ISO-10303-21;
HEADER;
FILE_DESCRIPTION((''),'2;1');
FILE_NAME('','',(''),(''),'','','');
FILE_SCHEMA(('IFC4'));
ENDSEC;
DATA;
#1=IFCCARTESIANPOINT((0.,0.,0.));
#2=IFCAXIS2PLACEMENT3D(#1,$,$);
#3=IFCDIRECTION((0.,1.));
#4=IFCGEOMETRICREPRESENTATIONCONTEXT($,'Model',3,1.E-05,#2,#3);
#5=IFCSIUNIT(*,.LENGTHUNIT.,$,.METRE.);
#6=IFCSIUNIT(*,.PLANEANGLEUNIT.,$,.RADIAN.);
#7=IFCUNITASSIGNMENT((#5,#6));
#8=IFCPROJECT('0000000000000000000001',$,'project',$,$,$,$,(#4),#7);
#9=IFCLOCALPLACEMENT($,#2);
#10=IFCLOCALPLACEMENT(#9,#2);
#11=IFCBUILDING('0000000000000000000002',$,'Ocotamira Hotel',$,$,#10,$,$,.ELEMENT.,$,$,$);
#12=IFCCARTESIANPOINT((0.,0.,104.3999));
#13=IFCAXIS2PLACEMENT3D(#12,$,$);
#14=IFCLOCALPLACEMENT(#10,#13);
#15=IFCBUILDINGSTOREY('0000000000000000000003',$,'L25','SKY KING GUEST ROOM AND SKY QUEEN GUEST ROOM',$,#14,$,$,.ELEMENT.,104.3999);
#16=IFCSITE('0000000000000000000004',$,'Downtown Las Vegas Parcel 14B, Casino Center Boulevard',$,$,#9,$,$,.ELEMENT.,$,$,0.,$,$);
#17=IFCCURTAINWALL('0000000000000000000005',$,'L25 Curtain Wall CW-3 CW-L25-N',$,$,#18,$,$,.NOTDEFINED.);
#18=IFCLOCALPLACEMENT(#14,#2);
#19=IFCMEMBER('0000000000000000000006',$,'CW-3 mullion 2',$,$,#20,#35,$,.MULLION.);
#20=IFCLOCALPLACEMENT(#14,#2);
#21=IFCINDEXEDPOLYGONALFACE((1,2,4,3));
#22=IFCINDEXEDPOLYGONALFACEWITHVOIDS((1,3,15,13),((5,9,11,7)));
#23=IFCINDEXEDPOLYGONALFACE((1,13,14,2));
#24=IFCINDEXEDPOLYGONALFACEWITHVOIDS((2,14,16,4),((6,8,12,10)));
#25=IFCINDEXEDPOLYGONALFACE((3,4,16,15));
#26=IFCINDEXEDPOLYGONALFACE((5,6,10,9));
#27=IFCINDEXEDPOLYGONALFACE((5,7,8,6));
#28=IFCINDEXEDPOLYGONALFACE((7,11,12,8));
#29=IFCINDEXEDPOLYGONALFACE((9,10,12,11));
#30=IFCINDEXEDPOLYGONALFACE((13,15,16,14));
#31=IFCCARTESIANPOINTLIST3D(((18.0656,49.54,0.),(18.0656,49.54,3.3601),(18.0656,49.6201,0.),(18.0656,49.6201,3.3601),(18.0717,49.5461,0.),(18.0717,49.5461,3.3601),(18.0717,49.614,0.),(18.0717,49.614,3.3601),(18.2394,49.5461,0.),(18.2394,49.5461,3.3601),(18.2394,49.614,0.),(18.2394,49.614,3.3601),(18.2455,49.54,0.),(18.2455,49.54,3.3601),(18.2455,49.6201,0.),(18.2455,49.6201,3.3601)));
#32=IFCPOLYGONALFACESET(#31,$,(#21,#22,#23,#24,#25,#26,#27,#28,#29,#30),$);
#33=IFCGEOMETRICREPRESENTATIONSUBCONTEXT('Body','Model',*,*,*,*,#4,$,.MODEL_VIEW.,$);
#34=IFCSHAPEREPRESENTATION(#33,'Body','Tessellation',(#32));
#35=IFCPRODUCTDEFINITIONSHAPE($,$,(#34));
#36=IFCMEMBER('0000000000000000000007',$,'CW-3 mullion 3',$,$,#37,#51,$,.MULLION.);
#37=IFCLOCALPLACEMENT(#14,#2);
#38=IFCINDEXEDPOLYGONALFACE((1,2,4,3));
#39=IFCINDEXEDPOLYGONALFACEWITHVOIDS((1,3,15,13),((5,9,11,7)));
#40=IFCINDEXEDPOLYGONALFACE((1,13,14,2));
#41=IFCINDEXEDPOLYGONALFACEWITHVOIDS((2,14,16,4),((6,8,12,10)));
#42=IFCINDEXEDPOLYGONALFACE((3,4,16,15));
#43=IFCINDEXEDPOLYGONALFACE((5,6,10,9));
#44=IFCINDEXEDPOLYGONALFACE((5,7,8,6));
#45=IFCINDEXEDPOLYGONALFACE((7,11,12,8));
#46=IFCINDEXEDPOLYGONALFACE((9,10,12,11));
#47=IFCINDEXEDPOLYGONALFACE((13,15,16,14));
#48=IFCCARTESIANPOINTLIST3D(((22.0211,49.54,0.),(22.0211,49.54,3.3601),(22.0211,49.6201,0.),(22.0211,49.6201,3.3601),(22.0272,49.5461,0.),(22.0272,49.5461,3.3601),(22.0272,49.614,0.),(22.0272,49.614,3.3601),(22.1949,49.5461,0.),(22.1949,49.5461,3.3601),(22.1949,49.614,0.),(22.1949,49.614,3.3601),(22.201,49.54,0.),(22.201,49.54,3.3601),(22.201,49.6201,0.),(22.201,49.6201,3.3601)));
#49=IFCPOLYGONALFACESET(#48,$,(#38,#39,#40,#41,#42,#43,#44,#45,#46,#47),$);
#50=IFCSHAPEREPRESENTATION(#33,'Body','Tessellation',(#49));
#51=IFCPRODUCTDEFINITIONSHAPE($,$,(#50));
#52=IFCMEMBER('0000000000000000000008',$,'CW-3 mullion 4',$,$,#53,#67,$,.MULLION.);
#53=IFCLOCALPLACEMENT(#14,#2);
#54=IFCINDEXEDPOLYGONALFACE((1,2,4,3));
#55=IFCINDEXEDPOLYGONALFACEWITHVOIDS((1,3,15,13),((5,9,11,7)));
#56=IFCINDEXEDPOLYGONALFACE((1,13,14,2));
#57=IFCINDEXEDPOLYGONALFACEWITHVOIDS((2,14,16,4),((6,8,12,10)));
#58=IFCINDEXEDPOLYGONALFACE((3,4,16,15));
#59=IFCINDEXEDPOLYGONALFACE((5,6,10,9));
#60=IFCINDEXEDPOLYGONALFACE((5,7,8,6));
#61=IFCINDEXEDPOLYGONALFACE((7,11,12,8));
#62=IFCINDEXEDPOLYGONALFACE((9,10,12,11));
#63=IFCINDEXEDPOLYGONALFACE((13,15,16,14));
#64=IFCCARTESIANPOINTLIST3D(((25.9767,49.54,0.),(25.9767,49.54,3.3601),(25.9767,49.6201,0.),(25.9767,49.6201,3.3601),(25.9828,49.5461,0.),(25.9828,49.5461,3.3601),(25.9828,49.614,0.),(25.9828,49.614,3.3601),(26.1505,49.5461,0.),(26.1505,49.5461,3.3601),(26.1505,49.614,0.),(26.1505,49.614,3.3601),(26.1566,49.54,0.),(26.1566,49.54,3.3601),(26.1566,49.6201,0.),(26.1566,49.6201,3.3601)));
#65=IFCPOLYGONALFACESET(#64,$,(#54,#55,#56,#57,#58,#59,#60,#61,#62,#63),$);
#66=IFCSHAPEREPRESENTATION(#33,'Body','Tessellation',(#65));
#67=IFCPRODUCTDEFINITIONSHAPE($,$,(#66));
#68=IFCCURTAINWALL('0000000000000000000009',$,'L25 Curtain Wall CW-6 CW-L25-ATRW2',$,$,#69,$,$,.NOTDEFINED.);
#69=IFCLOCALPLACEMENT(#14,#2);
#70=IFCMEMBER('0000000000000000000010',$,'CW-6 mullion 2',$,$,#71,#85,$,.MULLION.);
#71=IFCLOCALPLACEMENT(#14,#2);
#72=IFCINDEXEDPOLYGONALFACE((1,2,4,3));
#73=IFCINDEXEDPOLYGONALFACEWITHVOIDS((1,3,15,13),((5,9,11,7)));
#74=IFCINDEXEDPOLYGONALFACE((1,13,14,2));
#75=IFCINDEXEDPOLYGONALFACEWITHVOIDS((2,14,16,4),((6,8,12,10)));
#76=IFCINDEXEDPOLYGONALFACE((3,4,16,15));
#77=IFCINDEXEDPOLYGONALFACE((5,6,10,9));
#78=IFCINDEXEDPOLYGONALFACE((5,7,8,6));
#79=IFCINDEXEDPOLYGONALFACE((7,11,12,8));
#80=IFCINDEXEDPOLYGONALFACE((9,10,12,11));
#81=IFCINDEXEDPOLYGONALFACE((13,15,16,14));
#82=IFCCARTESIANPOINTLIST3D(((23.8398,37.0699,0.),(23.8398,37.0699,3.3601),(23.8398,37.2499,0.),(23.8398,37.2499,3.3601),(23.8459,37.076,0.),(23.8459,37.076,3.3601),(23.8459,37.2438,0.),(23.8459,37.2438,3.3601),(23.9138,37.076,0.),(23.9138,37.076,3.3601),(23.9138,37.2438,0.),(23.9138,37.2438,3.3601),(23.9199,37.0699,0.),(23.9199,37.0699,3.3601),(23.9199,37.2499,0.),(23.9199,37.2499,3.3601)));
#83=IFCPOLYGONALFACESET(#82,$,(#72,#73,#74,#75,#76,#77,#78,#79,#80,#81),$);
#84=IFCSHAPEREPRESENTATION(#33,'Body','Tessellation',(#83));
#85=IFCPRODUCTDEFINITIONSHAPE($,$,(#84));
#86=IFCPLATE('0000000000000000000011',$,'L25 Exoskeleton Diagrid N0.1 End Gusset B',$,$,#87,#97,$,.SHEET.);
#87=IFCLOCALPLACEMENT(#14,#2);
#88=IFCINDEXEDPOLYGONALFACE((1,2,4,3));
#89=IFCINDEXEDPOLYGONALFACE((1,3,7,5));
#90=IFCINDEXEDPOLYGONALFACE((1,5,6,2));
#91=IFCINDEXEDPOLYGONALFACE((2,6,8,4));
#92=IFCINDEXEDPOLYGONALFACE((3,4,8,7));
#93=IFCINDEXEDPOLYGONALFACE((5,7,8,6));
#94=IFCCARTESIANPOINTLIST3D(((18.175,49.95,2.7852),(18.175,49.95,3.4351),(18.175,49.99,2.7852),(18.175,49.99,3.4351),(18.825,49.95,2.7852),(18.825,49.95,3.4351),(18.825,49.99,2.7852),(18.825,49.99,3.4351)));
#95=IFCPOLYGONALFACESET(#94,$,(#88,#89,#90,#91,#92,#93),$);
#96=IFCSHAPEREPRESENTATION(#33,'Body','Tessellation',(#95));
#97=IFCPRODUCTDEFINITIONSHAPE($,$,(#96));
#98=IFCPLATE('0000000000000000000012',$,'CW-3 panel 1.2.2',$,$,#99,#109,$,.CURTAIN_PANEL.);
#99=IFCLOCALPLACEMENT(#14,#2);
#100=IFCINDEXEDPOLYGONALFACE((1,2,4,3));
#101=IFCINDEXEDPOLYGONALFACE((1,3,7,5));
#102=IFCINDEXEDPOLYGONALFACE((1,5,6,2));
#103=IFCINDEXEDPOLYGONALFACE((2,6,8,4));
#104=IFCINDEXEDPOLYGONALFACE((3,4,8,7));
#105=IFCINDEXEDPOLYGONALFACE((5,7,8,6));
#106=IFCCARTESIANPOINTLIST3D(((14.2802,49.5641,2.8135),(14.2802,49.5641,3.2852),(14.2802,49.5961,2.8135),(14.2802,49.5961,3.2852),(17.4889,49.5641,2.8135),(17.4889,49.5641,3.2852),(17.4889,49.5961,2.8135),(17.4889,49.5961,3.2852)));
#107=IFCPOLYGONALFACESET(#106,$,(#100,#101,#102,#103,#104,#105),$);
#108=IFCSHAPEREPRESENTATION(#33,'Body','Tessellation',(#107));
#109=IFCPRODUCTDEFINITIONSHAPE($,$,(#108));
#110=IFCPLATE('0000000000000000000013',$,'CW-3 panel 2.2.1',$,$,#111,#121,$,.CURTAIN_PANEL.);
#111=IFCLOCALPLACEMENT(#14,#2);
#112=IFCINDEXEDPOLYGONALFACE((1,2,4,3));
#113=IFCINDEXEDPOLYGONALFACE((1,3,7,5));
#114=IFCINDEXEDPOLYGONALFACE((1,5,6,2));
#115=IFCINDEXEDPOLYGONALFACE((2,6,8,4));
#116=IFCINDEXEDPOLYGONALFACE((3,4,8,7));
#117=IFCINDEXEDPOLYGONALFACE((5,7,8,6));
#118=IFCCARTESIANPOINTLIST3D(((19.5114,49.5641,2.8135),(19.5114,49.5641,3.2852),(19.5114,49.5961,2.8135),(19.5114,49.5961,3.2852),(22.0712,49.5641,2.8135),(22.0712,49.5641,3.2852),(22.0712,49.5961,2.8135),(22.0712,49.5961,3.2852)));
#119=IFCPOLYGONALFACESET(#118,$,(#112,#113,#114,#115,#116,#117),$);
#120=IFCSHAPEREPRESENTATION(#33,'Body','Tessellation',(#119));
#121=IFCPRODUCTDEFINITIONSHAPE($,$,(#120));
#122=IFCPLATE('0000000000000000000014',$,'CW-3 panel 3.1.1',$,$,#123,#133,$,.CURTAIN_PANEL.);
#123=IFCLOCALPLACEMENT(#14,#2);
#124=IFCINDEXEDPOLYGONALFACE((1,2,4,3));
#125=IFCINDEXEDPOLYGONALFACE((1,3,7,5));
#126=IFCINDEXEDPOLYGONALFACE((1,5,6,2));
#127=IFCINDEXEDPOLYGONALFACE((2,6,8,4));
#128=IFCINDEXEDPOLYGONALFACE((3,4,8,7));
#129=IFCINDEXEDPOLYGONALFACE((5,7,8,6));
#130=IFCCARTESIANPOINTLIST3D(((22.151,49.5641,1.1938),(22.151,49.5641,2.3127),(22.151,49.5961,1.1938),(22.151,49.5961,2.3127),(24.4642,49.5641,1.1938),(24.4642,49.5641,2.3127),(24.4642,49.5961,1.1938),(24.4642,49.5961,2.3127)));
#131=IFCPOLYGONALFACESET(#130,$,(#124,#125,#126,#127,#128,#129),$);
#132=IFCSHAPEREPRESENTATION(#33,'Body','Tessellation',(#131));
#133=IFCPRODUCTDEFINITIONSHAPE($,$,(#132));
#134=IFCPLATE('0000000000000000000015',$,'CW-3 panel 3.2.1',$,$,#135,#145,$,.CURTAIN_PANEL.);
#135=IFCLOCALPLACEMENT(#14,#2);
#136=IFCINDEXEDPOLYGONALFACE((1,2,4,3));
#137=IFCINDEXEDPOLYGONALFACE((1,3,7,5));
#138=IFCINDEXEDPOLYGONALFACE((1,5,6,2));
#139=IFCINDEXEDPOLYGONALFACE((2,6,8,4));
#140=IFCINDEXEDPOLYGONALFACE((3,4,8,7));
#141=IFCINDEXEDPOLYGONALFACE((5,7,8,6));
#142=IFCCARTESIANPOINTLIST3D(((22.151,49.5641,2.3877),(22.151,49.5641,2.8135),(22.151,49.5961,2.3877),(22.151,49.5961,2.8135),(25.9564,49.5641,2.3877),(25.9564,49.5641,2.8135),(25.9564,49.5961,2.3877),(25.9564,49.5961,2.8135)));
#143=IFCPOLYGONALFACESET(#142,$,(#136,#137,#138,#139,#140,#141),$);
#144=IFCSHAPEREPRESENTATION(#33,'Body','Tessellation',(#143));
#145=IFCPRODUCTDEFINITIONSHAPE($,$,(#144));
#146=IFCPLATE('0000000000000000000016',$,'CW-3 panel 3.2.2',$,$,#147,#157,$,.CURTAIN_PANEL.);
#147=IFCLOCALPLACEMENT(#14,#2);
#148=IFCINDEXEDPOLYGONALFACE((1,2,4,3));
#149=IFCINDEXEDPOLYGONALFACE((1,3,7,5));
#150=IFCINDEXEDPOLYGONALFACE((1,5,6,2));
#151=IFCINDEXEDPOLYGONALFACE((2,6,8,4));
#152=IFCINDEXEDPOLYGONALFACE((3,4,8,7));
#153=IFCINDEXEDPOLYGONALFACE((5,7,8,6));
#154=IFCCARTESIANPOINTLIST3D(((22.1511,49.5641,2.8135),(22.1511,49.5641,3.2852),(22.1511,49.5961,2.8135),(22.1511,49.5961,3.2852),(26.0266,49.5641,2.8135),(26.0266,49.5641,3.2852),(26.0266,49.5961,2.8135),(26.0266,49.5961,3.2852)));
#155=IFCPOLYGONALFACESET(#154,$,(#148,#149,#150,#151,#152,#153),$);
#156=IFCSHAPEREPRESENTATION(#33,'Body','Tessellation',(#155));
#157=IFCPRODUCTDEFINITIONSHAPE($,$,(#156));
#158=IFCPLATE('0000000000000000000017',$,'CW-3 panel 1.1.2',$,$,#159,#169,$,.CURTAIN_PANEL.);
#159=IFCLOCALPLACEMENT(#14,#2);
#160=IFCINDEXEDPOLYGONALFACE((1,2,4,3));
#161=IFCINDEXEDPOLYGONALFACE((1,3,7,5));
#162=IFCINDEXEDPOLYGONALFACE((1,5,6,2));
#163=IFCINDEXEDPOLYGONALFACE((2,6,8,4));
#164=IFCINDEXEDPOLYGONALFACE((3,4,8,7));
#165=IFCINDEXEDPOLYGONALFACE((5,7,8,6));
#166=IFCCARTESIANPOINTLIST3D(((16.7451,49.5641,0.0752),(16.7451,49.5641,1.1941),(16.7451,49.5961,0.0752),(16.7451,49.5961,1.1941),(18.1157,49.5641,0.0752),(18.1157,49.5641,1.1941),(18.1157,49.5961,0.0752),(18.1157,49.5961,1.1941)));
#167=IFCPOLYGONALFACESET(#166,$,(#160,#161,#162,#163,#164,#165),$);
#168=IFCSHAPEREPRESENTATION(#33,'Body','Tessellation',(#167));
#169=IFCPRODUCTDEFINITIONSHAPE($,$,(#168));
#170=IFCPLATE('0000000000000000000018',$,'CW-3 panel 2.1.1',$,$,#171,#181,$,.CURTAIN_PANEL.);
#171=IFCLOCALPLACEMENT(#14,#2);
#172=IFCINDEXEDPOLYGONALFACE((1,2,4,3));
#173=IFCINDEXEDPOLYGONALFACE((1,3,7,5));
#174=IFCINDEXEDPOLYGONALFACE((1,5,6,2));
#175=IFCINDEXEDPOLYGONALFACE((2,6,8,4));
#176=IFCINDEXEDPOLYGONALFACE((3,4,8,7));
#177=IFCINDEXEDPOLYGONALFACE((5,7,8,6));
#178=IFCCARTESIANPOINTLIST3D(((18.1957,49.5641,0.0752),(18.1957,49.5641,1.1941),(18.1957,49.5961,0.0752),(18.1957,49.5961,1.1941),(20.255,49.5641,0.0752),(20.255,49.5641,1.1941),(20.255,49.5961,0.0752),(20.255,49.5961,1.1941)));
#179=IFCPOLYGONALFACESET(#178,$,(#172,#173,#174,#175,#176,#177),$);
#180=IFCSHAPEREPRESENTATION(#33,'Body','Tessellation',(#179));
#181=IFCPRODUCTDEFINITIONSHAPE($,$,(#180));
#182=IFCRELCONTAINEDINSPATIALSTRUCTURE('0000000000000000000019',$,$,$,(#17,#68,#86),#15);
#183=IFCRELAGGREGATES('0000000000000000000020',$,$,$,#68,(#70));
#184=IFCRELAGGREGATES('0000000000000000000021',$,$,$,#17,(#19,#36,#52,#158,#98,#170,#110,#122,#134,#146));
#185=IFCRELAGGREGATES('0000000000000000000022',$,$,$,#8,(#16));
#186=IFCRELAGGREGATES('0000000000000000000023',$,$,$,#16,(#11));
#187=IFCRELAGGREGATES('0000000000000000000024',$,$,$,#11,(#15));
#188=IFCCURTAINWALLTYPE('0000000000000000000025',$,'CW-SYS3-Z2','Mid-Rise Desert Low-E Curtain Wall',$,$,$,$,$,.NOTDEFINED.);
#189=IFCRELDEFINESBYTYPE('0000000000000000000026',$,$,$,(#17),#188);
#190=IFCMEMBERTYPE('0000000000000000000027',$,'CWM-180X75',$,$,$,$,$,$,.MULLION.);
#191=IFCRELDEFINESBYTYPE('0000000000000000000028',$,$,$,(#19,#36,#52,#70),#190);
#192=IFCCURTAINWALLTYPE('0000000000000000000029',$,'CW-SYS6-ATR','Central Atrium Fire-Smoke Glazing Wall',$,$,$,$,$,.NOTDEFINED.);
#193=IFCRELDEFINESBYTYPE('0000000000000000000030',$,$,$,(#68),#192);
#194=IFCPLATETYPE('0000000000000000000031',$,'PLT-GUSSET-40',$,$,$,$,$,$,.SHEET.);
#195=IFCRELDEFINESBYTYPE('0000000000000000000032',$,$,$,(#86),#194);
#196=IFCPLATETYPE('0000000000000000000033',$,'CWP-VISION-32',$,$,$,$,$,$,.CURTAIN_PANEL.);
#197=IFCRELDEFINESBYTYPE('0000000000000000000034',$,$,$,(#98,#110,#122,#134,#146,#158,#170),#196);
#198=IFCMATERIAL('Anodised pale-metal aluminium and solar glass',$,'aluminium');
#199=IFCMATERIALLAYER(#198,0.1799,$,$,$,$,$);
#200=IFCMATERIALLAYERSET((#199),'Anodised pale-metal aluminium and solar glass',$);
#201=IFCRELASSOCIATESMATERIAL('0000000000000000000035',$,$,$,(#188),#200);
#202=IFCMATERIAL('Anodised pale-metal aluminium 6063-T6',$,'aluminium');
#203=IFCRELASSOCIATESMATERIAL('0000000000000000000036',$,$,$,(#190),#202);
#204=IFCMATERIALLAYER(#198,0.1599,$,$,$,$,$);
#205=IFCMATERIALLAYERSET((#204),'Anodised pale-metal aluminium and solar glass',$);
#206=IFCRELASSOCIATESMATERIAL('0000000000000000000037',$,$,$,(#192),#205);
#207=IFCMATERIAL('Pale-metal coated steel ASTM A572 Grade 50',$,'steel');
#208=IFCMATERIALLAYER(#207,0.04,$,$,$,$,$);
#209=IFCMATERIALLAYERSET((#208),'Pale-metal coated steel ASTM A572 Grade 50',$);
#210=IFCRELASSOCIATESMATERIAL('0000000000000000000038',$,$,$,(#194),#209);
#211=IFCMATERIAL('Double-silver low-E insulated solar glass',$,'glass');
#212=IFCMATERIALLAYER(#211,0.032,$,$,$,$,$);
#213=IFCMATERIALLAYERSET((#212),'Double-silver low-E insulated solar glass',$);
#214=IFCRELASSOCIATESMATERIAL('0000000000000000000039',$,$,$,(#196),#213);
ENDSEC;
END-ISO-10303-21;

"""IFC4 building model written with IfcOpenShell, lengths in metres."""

from ifc_helpers import new_model, si_unit, direction, frame, origin, origin_2d, place, context, subcontext, project, spatial, rectangle, hollow_rectangle, extrude, source, transform, mapped, material, layer, layer_set, material_profile, profile_set, type_object, element, aggregate, save


model = new_model("IFC4")

# Units and contexts
model_context = context("Model", 3, precision=1e-05, world=origin(), true_north=direction((0.0, 1.0)))
body_context = subcontext(model_context, "Body", "Model", "MODEL_VIEW")
ifc_project = project(units=[si_unit("LENGTHUNIT", "METRE"), si_unit("PLANEANGLEUNIT", "RADIAN")], contexts=[model_context])

# Site, building, storey
site_placement = place(None, origin())
site = spatial("IfcSite", under=ifc_project, at=site_placement, Name="Downtown Las Vegas Parcel 14B, Casino Center Boulevard", CompositionType="ELEMENT", RefElevation=0.0)
building_placement = place(site_placement, origin())
building = spatial("IfcBuilding", under=site, at=building_placement, Name="Ocotamira Hotel", CompositionType="ELEMENT")
storey_placement = place(building_placement, frame((0.0, 0.0, 104.3999)))
storey = spatial("IfcBuildingStorey", under=building, at=storey_placement, Name="L25", Description="SKY KING GUEST ROOM AND SKY QUEEN GUEST ROOM", CompositionType="ELEMENT", Elevation=104.3999)

# Curtain wall, members
ifc_material_1 = material(Name="Anodised pale-metal aluminium and solar glass", Category="aluminium")
ifc_layer_1 = layer(ifc_material_1, 0.1799)
ifc_layer_set_1 = layer_set([ifc_layer_1], Name="Anodised pale-metal aluminium and solar glass")
curtain_wall_type_1 = type_object("IfcCurtainWallType", Name="CW-SYS3-Z2", Description="Mid-Rise Desert Low-E Curtain Wall", PredefinedType="NOTDEFINED", material=ifc_layer_set_1)
curtain_wall_1_placement = place(storey_placement, origin())
curtain_wall_1 = element("IfcCurtainWall", 1, at=curtain_wall_1_placement, inside=storey, type_object=curtain_wall_type_1, Name="L25 Curtain Wall CW-3 CW-L25-N", PredefinedType="NOTDEFINED")
ifc_material_2 = material(Name="Anodised pale-metal aluminium 6063-T6", Category="aluminium")
ifc_material_profile_1 = material_profile(ifc_material_2, hollow_rectangle(XDim=0.0801, YDim=0.1799, WallThickness=0.0061, at=origin_2d()), Name="HSS180X80X6")
ifc_profile_set_1 = profile_set([ifc_material_profile_1], Name="Anodised pale-metal aluminium 6063-T6")
member_type_1 = type_object("IfcMemberType", Name="CWM-180X75", PredefinedType="MULLION", material=ifc_profile_set_1)
shared_shape_1 = source(origin(), body_context, "Body", "SweptSolid", [
    extrude(hollow_rectangle(XDim=0.0801, YDim=0.1799, WallThickness=0.0061, at=origin_2d()), origin(), (0.0, 0.0, 1.0), 3.3601),
])
member_1_placement = place(storey_placement, frame((18.1555, 49.5801, 0.0), z_axis=(0.0, 0.0, 1.0), x_axis=(0.0, 1.0, 0.0)))
member_1 = element("IfcMember", 2, at=member_1_placement, type_object=member_type_1, Name="CW-3 mullion 2", PredefinedType="MULLION", context=body_context, shape_type="MappedRepresentation", body=[
    mapped(shared_shape_1, transform((0.0, 0.0, 0.0), scale=1.0)),
])
member_2_placement = place(storey_placement, frame((22.1111, 49.5801, 0.0), z_axis=(0.0, 0.0, 1.0), x_axis=(0.0, 1.0, 0.0)))
member_2 = element("IfcMember", 3, at=member_2_placement, type_object=member_type_1, Name="CW-3 mullion 3", PredefinedType="MULLION", context=body_context, shape_type="MappedRepresentation", body=[
    mapped(shared_shape_1, transform((0.0, 0.0, 0.0), scale=1.0)),
])
member_3_placement = place(storey_placement, frame((26.0667, 49.5801, 0.0), z_axis=(0.0, 0.0, 1.0), x_axis=(0.0, 1.0, 0.0)))
member_3 = element("IfcMember", 4, at=member_3_placement, type_object=member_type_1, Name="CW-3 mullion 4", PredefinedType="MULLION", context=body_context, shape_type="MappedRepresentation", body=[
    mapped(shared_shape_1, transform((0.0, 0.0, 0.0), scale=1.0)),
])

# Curtain wall, member
ifc_layer_2 = layer(ifc_material_1, 0.1599)
ifc_layer_set_2 = layer_set([ifc_layer_2], Name="Anodised pale-metal aluminium and solar glass")
curtain_wall_type_2 = type_object("IfcCurtainWallType", Name="CW-SYS6-ATR", Description="Central Atrium Fire-Smoke Glazing Wall", PredefinedType="NOTDEFINED", material=ifc_layer_set_2)
curtain_wall_2_placement = place(storey_placement, origin())
curtain_wall_2 = element("IfcCurtainWall", 5, at=curtain_wall_2_placement, inside=storey, type_object=curtain_wall_type_2, Name="L25 Curtain Wall CW-6 CW-L25-ATRW2", PredefinedType="NOTDEFINED")
member_4_placement = place(storey_placement, frame((23.8799, 37.1599, 0.0), z_axis=(0.0, 0.0, 1.0), x_axis=(-1.0, 0.0, 0.0)))
member_4 = element("IfcMember", 6, at=member_4_placement, type_object=member_type_1, Name="CW-6 mullion 2", PredefinedType="MULLION", context=body_context, shape_type="MappedRepresentation", body=[
    mapped(shared_shape_1, transform((0.0, 0.0, 0.0), scale=1.0)),
])
aggregate(curtain_wall_2, [member_4])

# Plates
ifc_material_3 = material(Name="Pale-metal coated steel ASTM A572 Grade 50", Category="steel")
ifc_layer_3 = layer(ifc_material_3, 0.04)
ifc_layer_set_3 = layer_set([ifc_layer_3], Name="Pale-metal coated steel ASTM A572 Grade 50")
plate_type_1 = type_object("IfcPlateType", Name="PLT-GUSSET-40", PredefinedType="SHEET", material=ifc_layer_set_3)
shared_shape_2 = source(origin(), body_context, "Body", "SweptSolid", [
    extrude(rectangle(XDim=0.6499, YDim=0.04, at=origin_2d()), origin(), (0.0, 0.0, 1.0), 0.6499),
])
plate_1_placement = place(storey_placement, frame((18.5, 49.97, 2.7852), z_axis=(0.0, 0.0, 1.0), x_axis=(1.0, 0.0, 0.0)))
element("IfcPlate", 7, at=plate_1_placement, inside=storey, type_object=plate_type_1, Name="L25 Exoskeleton Diagrid N0.1 End Gusset B", PredefinedType="SHEET", context=body_context, shape_type="MappedRepresentation", body=[
    mapped(shared_shape_2, transform((0.0, 0.0, 0.0), scale=1.0)),
])
ifc_material_4 = material(Name="Double-silver low-E insulated solar glass", Category="glass")
ifc_layer_4 = layer(ifc_material_4, 0.032)
ifc_layer_set_4 = layer_set([ifc_layer_4], Name="Double-silver low-E insulated solar glass")
plate_type_2 = type_object("IfcPlateType", Name="CWP-VISION-32", PredefinedType="CURTAIN_PANEL", material=ifc_layer_set_4)
shared_shape_3 = source(origin(), body_context, "Body", "SweptSolid", [
    extrude(rectangle(XDim=3.2087, YDim=0.032, at=origin_2d()), origin(), (0.0, 0.0, 1.0), 0.4717),
])
plate_2_placement = place(storey_placement, frame((15.8845, 49.5801, 2.8135), z_axis=(0.0, 0.0, 1.0), x_axis=(1.0, 0.0, 0.0)))
plate_2 = element("IfcPlate", 8, at=plate_2_placement, type_object=plate_type_2, Name="CW-3 panel 1.2.2", PredefinedType="CURTAIN_PANEL", context=body_context, shape_type="MappedRepresentation", body=[
    mapped(shared_shape_3, transform((0.0, 0.0, 0.0), scale=1.0)),
])
shared_shape_4 = source(origin(), body_context, "Body", "SweptSolid", [
    extrude(rectangle(XDim=2.5598, YDim=0.032, at=origin_2d()), origin(), (0.0, 0.0, 1.0), 0.4717),
])
plate_3_placement = place(storey_placement, frame((20.7913, 49.5801, 2.8135), z_axis=(0.0, 0.0, 1.0), x_axis=(1.0, 0.0, 0.0)))
plate_3 = element("IfcPlate", 9, at=plate_3_placement, type_object=plate_type_2, Name="CW-3 panel 2.2.1", PredefinedType="CURTAIN_PANEL", context=body_context, shape_type="MappedRepresentation", body=[
    mapped(shared_shape_4, transform((0.0, 0.0, 0.0), scale=1.0)),
])
shared_shape_5 = source(origin(), body_context, "Body", "SweptSolid", [
    extrude(rectangle(XDim=2.3132, YDim=0.032, at=origin_2d()), origin(), (0.0, 0.0, 1.0), 1.1189),
])
plate_4_placement = place(storey_placement, frame((23.3076, 49.5801, 1.1938), z_axis=(0.0, 0.0, 1.0), x_axis=(1.0, 0.0, 0.0)))
plate_4 = element("IfcPlate", 10, at=plate_4_placement, type_object=plate_type_2, Name="CW-3 panel 3.1.1", PredefinedType="CURTAIN_PANEL", context=body_context, shape_type="MappedRepresentation", body=[
    mapped(shared_shape_5, transform((0.0, 0.0, 0.0), scale=1.0)),
])
shared_shape_6 = source(origin(), body_context, "Body", "SweptSolid", [
    extrude(rectangle(XDim=3.8054, YDim=0.032, at=origin_2d()), origin(), (0.0, 0.0, 1.0), 0.4258),
])
plate_5_placement = place(storey_placement, frame((24.0537, 49.5801, 2.3877), z_axis=(0.0, 0.0, 1.0), x_axis=(1.0, 0.0, 0.0)))
plate_5 = element("IfcPlate", 11, at=plate_5_placement, type_object=plate_type_2, Name="CW-3 panel 3.2.1", PredefinedType="CURTAIN_PANEL", context=body_context, shape_type="MappedRepresentation", body=[
    mapped(shared_shape_6, transform((0.0, 0.0, 0.0), scale=1.0)),
])
shared_shape_7 = source(origin(), body_context, "Body", "SweptSolid", [
    extrude(rectangle(XDim=3.8755, YDim=0.032, at=origin_2d()), origin(), (0.0, 0.0, 1.0), 0.4717),
])
plate_6_placement = place(storey_placement, frame((24.0889, 49.5801, 2.8135), z_axis=(0.0, 0.0, 1.0), x_axis=(1.0, 0.0, 0.0)))
plate_6 = element("IfcPlate", 12, at=plate_6_placement, type_object=plate_type_2, Name="CW-3 panel 3.2.2", PredefinedType="CURTAIN_PANEL", context=body_context, shape_type="MappedRepresentation", body=[
    mapped(shared_shape_7, transform((0.0, 0.0, 0.0), scale=1.0)),
])
shared_shape_8 = source(origin(), body_context, "Body", "SweptSolid", [
    extrude(rectangle(XDim=1.3706, YDim=0.032, at=origin_2d()), origin(), (0.0, 0.0, 1.0), 1.1189),
])
plate_7_placement = place(storey_placement, frame((17.4304, 49.5801, 0.0752), z_axis=(0.0, 0.0, 1.0), x_axis=(1.0, 0.0, 0.0)))
plate_7 = element("IfcPlate", 13, at=plate_7_placement, type_object=plate_type_2, Name="CW-3 panel 1.1.2", PredefinedType="CURTAIN_PANEL", context=body_context, shape_type="MappedRepresentation", body=[
    mapped(shared_shape_8, transform((0.0, 0.0, 0.0), scale=1.0)),
])
shared_shape_9 = source(origin(), body_context, "Body", "SweptSolid", [
    extrude(rectangle(XDim=2.0593, YDim=0.032, at=origin_2d()), origin(), (0.0, 0.0, 1.0), 1.1189),
])
plate_8_placement = place(storey_placement, frame((19.2253, 49.5801, 0.0752), z_axis=(0.0, 0.0, 1.0), x_axis=(1.0, 0.0, 0.0)))
plate_8 = element("IfcPlate", 14, at=plate_8_placement, type_object=plate_type_2, Name="CW-3 panel 2.1.1", PredefinedType="CURTAIN_PANEL", context=body_context, shape_type="MappedRepresentation", body=[
    mapped(shared_shape_9, transform((0.0, 0.0, 0.0), scale=1.0)),
])
aggregate(curtain_wall_1, [member_1, member_2, member_3, plate_7, plate_2, plate_8, plate_3, plate_4, plate_5, plate_6])

save(model, "model.ifc")
